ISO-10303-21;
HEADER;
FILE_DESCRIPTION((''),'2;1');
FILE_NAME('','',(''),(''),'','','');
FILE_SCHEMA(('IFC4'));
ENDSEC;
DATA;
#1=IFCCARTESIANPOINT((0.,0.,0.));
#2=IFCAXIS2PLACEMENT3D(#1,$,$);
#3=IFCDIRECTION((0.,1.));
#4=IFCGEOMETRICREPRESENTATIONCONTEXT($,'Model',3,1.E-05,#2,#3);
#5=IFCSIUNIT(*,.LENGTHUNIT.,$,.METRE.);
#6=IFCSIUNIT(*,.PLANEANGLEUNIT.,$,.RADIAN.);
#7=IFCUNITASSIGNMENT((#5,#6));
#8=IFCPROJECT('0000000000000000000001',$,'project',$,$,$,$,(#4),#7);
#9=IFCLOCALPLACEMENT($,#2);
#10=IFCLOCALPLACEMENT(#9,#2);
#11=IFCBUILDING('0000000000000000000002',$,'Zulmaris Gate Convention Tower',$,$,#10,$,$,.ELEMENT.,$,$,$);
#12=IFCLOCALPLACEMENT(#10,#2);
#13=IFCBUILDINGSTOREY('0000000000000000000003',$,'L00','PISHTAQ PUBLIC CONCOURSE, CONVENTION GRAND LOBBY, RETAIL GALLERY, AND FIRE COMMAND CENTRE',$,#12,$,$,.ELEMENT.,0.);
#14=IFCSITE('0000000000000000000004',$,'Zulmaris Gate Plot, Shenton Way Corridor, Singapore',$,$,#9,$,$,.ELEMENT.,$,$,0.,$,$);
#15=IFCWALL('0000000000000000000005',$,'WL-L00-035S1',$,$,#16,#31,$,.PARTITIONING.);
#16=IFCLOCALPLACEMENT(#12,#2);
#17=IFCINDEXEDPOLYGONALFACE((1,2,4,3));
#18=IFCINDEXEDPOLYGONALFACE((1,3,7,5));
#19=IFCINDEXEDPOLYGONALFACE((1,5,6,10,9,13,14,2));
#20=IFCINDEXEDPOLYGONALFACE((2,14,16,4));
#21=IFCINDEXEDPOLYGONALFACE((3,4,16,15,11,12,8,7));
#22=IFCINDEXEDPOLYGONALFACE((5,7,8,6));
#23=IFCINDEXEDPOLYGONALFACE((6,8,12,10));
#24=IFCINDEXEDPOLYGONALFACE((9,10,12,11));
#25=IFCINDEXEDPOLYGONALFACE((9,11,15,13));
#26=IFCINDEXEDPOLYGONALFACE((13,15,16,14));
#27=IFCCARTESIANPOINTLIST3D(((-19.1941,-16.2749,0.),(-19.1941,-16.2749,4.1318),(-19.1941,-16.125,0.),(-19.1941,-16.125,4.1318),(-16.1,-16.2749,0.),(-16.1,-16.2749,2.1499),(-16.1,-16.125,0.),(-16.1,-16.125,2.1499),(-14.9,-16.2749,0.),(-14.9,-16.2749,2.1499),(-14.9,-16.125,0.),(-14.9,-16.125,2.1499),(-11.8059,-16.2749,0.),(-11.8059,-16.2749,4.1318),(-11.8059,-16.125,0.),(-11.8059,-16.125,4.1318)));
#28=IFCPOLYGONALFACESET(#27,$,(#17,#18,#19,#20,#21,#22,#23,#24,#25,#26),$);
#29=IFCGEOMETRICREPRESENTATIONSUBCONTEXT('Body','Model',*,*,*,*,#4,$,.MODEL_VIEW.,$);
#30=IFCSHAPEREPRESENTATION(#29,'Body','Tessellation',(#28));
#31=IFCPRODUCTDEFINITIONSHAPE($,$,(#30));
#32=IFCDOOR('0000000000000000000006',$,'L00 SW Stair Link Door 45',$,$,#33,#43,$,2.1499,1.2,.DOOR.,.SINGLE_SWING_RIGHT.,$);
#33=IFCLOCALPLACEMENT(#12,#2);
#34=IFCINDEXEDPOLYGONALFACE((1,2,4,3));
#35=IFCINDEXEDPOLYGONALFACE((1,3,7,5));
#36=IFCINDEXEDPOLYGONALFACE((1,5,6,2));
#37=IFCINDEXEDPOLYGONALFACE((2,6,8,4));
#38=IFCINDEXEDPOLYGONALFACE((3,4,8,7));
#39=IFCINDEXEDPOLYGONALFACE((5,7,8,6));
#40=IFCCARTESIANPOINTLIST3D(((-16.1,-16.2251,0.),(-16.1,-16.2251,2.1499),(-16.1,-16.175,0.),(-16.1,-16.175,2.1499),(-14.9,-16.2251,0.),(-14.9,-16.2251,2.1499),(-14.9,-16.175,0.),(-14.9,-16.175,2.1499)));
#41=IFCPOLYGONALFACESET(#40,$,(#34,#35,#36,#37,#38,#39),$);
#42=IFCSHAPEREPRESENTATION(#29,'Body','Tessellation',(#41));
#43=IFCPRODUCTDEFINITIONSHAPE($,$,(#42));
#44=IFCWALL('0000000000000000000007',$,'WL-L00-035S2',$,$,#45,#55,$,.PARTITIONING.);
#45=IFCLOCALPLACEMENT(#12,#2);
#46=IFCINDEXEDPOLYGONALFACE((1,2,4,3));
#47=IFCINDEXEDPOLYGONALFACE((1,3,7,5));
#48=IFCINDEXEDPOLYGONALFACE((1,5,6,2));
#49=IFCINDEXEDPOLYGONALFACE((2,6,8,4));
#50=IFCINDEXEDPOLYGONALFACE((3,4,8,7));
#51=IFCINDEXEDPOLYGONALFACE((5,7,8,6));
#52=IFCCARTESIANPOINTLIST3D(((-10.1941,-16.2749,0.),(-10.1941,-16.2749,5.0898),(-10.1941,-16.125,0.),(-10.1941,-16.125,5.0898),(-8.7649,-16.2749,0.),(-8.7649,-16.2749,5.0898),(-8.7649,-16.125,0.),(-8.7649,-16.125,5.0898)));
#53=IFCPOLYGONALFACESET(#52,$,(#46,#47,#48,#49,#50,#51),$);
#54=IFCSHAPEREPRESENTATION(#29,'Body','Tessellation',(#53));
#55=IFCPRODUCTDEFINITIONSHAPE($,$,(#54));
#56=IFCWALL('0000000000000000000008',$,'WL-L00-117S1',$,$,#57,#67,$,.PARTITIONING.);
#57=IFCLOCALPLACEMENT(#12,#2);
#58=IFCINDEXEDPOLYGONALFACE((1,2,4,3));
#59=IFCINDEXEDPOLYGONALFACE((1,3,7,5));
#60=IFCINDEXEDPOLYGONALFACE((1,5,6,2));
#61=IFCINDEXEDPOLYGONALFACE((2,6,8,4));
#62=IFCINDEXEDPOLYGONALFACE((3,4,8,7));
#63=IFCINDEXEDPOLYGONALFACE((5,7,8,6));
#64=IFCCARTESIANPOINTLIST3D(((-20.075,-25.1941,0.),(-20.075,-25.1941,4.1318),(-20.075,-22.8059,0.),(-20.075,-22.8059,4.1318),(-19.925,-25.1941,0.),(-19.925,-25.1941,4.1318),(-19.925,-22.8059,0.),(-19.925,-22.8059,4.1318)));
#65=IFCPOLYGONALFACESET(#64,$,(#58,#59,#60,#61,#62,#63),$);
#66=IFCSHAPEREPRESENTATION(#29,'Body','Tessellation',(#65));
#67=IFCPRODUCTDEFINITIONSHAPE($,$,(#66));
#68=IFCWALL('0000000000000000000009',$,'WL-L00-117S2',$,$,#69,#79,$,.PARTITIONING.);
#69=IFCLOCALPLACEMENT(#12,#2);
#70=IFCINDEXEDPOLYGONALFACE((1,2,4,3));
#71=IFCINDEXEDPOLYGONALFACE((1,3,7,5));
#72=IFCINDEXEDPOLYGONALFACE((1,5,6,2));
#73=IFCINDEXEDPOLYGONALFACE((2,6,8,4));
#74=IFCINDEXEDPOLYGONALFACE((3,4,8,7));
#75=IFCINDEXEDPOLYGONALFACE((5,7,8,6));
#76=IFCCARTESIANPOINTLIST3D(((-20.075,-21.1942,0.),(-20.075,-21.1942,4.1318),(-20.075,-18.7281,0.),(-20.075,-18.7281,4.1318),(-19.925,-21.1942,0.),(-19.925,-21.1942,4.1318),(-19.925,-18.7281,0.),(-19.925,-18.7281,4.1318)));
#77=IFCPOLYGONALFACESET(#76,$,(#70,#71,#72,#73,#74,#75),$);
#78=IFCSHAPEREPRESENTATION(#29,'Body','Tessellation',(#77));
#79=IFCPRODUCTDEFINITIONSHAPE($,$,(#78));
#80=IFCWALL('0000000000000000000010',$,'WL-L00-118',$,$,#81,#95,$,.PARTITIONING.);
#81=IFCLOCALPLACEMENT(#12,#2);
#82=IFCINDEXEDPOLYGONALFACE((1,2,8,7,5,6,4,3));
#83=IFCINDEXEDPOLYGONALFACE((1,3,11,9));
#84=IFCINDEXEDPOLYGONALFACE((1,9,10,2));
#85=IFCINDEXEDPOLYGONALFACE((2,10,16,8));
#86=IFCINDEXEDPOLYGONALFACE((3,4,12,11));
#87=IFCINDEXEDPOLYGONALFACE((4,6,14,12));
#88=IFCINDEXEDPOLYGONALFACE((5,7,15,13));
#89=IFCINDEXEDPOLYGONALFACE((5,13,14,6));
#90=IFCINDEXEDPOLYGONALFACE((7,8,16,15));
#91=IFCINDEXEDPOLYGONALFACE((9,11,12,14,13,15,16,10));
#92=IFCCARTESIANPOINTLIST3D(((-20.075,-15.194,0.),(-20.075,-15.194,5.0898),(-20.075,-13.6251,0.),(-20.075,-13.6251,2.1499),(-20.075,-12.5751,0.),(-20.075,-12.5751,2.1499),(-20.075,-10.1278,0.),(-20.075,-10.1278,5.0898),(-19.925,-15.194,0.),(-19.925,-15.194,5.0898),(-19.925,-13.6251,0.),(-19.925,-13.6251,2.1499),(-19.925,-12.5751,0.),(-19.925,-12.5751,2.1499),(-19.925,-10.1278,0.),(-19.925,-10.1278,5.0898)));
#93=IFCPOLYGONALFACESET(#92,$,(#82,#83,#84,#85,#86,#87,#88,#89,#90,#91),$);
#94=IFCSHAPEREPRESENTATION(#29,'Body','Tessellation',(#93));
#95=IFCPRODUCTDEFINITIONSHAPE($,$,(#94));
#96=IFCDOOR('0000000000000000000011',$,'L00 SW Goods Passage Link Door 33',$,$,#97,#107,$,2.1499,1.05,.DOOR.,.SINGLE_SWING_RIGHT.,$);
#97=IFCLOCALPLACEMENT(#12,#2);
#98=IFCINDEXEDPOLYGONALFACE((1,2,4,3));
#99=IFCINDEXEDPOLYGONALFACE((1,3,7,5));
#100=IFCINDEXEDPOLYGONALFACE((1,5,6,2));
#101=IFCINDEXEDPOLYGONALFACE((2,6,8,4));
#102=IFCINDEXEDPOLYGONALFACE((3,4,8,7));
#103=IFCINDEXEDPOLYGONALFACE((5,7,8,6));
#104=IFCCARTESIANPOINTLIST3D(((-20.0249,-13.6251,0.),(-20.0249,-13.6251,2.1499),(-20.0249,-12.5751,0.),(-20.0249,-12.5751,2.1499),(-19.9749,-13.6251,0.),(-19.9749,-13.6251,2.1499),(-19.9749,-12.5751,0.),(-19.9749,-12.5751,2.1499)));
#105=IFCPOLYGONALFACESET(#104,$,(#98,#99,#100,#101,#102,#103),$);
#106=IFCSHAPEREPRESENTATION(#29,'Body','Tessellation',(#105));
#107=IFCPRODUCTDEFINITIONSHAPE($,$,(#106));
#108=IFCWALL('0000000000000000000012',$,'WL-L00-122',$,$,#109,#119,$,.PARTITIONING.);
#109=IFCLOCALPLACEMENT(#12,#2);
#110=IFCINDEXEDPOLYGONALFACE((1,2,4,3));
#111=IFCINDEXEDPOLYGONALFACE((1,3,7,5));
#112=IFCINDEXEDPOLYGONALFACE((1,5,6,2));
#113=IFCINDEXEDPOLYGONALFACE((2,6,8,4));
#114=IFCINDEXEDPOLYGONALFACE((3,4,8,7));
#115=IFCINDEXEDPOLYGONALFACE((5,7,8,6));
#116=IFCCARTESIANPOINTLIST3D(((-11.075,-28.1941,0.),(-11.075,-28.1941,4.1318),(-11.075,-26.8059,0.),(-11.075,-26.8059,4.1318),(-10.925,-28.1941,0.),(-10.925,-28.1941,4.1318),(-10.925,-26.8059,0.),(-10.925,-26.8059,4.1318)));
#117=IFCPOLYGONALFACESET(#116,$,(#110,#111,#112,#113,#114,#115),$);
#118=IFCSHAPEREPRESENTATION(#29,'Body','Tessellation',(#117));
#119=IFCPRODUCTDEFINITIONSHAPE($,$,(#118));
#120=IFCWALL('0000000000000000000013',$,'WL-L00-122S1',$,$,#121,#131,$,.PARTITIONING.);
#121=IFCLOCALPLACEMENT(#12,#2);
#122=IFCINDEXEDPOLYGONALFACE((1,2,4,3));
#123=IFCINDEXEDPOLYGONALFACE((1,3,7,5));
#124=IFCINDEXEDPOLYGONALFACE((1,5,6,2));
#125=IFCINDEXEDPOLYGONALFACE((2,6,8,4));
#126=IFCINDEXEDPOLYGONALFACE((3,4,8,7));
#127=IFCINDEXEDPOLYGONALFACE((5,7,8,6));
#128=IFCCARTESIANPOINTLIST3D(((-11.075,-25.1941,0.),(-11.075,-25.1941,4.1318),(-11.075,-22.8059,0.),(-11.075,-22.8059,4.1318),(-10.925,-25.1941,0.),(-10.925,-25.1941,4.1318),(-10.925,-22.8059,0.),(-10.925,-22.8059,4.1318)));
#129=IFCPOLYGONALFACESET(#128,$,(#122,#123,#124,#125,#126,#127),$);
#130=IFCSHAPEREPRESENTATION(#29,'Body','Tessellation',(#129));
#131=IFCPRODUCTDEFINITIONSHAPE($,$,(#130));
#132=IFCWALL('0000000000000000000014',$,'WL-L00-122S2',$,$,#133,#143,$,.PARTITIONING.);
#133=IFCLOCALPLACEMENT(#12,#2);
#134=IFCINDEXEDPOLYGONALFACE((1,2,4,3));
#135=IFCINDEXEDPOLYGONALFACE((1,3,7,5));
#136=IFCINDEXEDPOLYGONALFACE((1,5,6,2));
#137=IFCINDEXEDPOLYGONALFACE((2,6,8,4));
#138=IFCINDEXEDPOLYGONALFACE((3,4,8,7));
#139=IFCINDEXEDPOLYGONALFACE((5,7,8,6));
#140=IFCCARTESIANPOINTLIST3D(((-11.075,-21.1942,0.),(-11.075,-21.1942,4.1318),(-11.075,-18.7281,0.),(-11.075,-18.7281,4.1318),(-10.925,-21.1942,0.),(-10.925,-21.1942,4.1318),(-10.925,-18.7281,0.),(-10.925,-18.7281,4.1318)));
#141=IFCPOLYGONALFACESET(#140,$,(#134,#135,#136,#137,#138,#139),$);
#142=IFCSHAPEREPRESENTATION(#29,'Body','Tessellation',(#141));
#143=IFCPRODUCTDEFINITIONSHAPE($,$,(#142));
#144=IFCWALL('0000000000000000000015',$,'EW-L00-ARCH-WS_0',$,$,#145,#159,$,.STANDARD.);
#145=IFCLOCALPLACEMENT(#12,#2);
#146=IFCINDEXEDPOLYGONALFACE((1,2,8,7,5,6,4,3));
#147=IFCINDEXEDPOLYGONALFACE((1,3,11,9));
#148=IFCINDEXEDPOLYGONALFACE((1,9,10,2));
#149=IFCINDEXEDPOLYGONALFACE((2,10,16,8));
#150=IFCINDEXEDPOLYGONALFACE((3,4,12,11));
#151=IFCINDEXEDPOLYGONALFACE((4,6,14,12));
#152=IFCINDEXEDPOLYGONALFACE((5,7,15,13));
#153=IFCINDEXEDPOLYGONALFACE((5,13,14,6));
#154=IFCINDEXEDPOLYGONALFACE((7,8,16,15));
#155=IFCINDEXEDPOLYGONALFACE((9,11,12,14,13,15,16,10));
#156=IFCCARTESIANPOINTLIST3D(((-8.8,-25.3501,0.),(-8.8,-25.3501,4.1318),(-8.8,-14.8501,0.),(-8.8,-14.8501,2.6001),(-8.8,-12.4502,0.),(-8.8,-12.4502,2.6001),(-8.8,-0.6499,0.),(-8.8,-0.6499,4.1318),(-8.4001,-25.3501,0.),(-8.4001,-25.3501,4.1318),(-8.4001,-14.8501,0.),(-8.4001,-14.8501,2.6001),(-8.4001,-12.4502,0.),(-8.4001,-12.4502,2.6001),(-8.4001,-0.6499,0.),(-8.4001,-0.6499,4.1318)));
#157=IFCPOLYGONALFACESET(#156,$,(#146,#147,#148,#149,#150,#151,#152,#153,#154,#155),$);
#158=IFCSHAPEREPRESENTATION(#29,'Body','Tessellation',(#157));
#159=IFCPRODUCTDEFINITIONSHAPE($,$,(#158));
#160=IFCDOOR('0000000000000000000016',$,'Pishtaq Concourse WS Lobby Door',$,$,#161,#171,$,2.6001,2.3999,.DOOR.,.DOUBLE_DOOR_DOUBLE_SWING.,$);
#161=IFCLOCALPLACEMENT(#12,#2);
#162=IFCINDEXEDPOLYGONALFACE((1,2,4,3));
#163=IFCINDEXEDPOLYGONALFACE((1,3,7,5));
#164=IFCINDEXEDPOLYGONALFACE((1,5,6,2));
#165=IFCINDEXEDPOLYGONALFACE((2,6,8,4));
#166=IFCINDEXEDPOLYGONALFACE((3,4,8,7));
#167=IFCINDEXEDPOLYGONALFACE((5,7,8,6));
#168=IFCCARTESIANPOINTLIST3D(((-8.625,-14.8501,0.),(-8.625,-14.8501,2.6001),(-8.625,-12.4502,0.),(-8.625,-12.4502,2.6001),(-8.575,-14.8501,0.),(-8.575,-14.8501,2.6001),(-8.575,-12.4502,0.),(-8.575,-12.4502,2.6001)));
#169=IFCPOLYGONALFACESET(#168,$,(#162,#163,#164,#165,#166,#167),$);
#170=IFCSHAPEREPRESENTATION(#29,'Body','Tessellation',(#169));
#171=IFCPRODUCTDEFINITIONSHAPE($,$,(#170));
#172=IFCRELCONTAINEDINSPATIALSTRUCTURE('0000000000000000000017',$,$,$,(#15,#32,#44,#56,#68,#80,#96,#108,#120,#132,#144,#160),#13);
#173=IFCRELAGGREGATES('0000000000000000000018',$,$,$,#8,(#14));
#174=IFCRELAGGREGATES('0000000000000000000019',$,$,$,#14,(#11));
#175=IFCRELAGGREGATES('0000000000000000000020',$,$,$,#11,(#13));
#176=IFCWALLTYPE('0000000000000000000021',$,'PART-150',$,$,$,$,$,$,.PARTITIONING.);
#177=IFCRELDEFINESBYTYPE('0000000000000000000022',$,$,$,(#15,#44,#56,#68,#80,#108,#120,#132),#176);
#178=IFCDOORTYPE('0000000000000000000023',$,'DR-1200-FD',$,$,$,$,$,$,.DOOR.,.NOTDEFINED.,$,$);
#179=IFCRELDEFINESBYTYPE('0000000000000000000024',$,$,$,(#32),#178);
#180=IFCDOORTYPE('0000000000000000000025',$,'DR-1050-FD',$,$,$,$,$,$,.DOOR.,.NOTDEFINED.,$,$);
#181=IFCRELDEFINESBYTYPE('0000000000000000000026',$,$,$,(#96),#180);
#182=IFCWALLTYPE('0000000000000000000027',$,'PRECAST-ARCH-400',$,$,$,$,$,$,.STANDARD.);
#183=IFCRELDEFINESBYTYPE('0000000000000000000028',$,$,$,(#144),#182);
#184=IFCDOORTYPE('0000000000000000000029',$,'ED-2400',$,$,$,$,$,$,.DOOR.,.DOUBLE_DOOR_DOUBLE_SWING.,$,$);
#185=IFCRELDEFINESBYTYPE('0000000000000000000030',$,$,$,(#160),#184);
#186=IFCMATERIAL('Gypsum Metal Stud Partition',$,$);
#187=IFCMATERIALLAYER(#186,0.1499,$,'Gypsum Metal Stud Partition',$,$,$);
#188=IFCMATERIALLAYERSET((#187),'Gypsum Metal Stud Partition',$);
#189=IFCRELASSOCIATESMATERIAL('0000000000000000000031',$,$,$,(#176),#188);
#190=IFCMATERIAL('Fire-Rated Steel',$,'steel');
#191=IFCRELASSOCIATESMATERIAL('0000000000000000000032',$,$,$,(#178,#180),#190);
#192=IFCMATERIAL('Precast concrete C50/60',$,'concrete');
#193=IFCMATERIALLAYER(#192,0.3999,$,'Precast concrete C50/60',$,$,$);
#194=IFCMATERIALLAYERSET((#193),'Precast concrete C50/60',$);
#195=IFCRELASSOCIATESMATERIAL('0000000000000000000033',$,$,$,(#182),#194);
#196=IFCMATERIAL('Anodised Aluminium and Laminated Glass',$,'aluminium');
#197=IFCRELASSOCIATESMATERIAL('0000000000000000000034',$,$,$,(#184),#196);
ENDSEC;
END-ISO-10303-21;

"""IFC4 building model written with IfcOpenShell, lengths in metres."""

from ifc_helpers import new_model, si_unit, direction, frame, frame_2d, origin, place, context, subcontext, project, spatial, rectangle, extrude, material, layer, layer_set, type_object, element, fill, save


model = new_model("IFC4")

# Units and contexts
model_context = context("Model", 3, precision=1e-05, world=origin(), true_north=direction((0.0, 1.0)))
body_context = subcontext(model_context, "Body", "Model", "MODEL_VIEW")
ifc_project = project(units=[si_unit("LENGTHUNIT", "METRE"), si_unit("PLANEANGLEUNIT", "RADIAN")], contexts=[model_context])

# Site, building, storey
site_placement = place(None, origin())
site = spatial("IfcSite", under=ifc_project, at=site_placement, Name="Zulmaris Gate Plot, Shenton Way Corridor, Singapore", CompositionType="ELEMENT", RefElevation=0.0)
building_placement = place(site_placement, origin())
building = spatial("IfcBuilding", under=site, at=building_placement, Name="Zulmaris Gate Convention Tower", CompositionType="ELEMENT")
storey_placement = place(building_placement, origin())
storey = spatial("IfcBuildingStorey", under=building, at=storey_placement, Name="L00", Description="PISHTAQ PUBLIC CONCOURSE, CONVENTION GRAND LOBBY, RETAIL GALLERY, AND FIRE COMMAND CENTRE", CompositionType="ELEMENT", Elevation=0.0)

# Wall, opening, door
ifc_material_1 = material(Name="Gypsum Metal Stud Partition")
ifc_layer_1 = layer(ifc_material_1, 0.1499, Name="Gypsum Metal Stud Partition")
ifc_layer_set_1 = layer_set([ifc_layer_1], Name="Gypsum Metal Stud Partition")
wall_type_1 = type_object("IfcWallType", Name="PART-150", PredefinedType="PARTITIONING", material=ifc_layer_set_1)
wall_1_placement = place(storey_placement, frame((-19.1941, -16.2, 0.0), z_axis=(0.0, 0.0, 1.0), x_axis=(1.0, 0.0, 0.0)))
wall_1 = element("IfcWall", 1, at=wall_1_placement, inside=storey, type_object=wall_type_1, Name="WL-L00-035S1", PredefinedType="PARTITIONING", context=body_context, shape_type="SweptSolid", body=[
    extrude(rectangle(XDim=7.3882, YDim=0.1499, at=frame_2d((3.6941, 0.0))), origin(), (0.0, 0.0, 1.0), 4.1318),
])
opening_1_placement = place(wall_1_placement, frame((3.094, 0.0, 0.0)))
opening_1 = element("IfcOpeningElement", 2, at=opening_1_placement, cuts=wall_1, PredefinedType="OPENING", context=body_context, shape_type="SweptSolid", body=[
    extrude(rectangle(XDim=1.2, YDim=2.1499, at=frame_2d((0.6001, 1.075))), frame((0.0, 0.085, 0.0), z_axis=(0.0, -1.0, 0.0), x_axis=(1.0, 0.0, 0.0)), (0.0, 0.0, 1.0), 0.1699),
])
ifc_material_2 = material(Name="Fire-Rated Steel", Category="steel")
door_type_1 = type_object("IfcDoorType", Name="DR-1200-FD", OperationType="NOTDEFINED", PredefinedType="DOOR", material=ifc_material_2)
door_1_placement = place(opening_1_placement, origin())
door_1 = element("IfcDoor", 3, at=door_1_placement, inside=storey, type_object=door_type_1, Name="L00 SW Stair Link Door 45", OperationType="SINGLE_SWING_RIGHT", OverallHeight=2.1499, OverallWidth=1.2, PredefinedType="DOOR", context=body_context, shape_type="SweptSolid", body=[
    extrude(rectangle(XDim=1.2, YDim=2.1499, at=frame_2d((0.6001, 1.075))), frame((0.0, 0.0249, 0.0), z_axis=(0.0, -1.0, 0.0), x_axis=(1.0, 0.0, 0.0)), (0.0, 0.0, 1.0), 0.05),
])
fill(opening_1, door_1)

# Walls
wall_2_placement = place(storey_placement, frame((-10.1941, -16.2, 0.0), z_axis=(0.0, 0.0, 1.0), x_axis=(1.0, 0.0, 0.0)))
element("IfcWall", 4, at=wall_2_placement, inside=storey, type_object=wall_type_1, Name="WL-L00-035S2", PredefinedType="PARTITIONING", context=body_context, shape_type="SweptSolid", body=[
    extrude(rectangle(XDim=1.4292, YDim=0.1499, at=frame_2d((0.7146, 0.0))), origin(), (0.0, 0.0, 1.0), 5.0898),
])
wall_3_placement = place(storey_placement, frame((-20.0, -25.1941, 0.0), z_axis=(0.0, 0.0, 1.0), x_axis=(0.0, 1.0, 0.0)))
element("IfcWall", 5, at=wall_3_placement, inside=storey, type_object=wall_type_1, Name="WL-L00-117S1", PredefinedType="PARTITIONING", context=body_context, shape_type="SweptSolid", body=[
    extrude(rectangle(XDim=2.3882, YDim=0.1499, at=frame_2d((1.1941, 0.0))), origin(), (0.0, 0.0, 1.0), 4.1318),
])
wall_4_placement = place(storey_placement, frame((-20.0, -21.1941, 0.0), z_axis=(0.0, 0.0, 1.0), x_axis=(0.0, 1.0, 0.0)))
element("IfcWall", 6, at=wall_4_placement, inside=storey, type_object=wall_type_1, Name="WL-L00-117S2", PredefinedType="PARTITIONING", context=body_context, shape_type="SweptSolid", body=[
    extrude(rectangle(XDim=2.4661, YDim=0.1499, at=frame_2d((1.2329, 0.0))), origin(), (0.0, 0.0, 1.0), 4.1318),
])

# Wall, opening, door
wall_5_placement = place(storey_placement, frame((-20.0, -15.1941, 0.0), z_axis=(0.0, 0.0, 1.0), x_axis=(0.0, 1.0, 0.0)))
wall_5 = element("IfcWall", 7, at=wall_5_placement, inside=storey, type_object=wall_type_1, Name="WL-L00-118", PredefinedType="PARTITIONING", context=body_context, shape_type="SweptSolid", body=[
    extrude(rectangle(XDim=5.0662, YDim=0.1499, at=frame_2d((2.5332, 0.0))), origin(), (0.0, 0.0, 1.0), 5.0898),
])
opening_2_placement = place(wall_5_placement, frame((1.5691, 0.0, 0.0)))
opening_2 = element("IfcOpeningElement", 8, at=opening_2_placement, cuts=wall_5, PredefinedType="OPENING", context=body_context, shape_type="SweptSolid", body=[
    extrude(rectangle(XDim=1.05, YDim=2.1499, at=frame_2d((0.5249, 1.075))), frame((0.0, 0.085, 0.0), z_axis=(0.0, -1.0, 0.0), x_axis=(1.0, 0.0, 0.0)), (0.0, 0.0, 1.0), 0.1699),
])
door_type_2 = type_object("IfcDoorType", Name="DR-1050-FD", OperationType="NOTDEFINED", PredefinedType="DOOR", material=ifc_material_2)
door_2_placement = place(opening_2_placement, origin())
door_2 = element("IfcDoor", 9, at=door_2_placement, inside=storey, type_object=door_type_2, Name="L00 SW Goods Passage Link Door 33", OperationType="SINGLE_SWING_RIGHT", OverallHeight=2.1499, OverallWidth=1.05, PredefinedType="DOOR", context=body_context, shape_type="SweptSolid", body=[
    extrude(rectangle(XDim=1.05, YDim=2.1499, at=frame_2d((0.5249, 1.075))), frame((0.0, 0.0249, 0.0), z_axis=(0.0, -1.0, 0.0), x_axis=(1.0, 0.0, 0.0)), (0.0, 0.0, 1.0), 0.05),
])
fill(opening_2, door_2)

# Walls
wall_6_placement = place(storey_placement, frame((-11.0, -28.1941, 0.0), z_axis=(0.0, 0.0, 1.0), x_axis=(0.0, 1.0, 0.0)))
element("IfcWall", 10, at=wall_6_placement, inside=storey, type_object=wall_type_1, Name="WL-L00-122", PredefinedType="PARTITIONING", context=body_context, shape_type="SweptSolid", body=[
    extrude(rectangle(XDim=1.3882, YDim=0.1499, at=frame_2d((0.6941, 0.0))), origin(), (0.0, 0.0, 1.0), 4.1318),
])
wall_7_placement = place(storey_placement, frame((-11.0, -25.1941, 0.0), z_axis=(0.0, 0.0, 1.0), x_axis=(0.0, 1.0, 0.0)))
element("IfcWall", 11, at=wall_7_placement, inside=storey, type_object=wall_type_1, Name="WL-L00-122S1", PredefinedType="PARTITIONING", context=body_context, shape_type="SweptSolid", body=[
    extrude(rectangle(XDim=2.3882, YDim=0.1499, at=frame_2d((1.1941, 0.0))), origin(), (0.0, 0.0, 1.0), 4.1318),
])
wall_8_placement = place(storey_placement, frame((-11.0, -21.1941, 0.0), z_axis=(0.0, 0.0, 1.0), x_axis=(0.0, 1.0, 0.0)))
element("IfcWall", 12, at=wall_8_placement, inside=storey, type_object=wall_type_1, Name="WL-L00-122S2", PredefinedType="PARTITIONING", context=body_context, shape_type="SweptSolid", body=[
    extrude(rectangle(XDim=2.4661, YDim=0.1499, at=frame_2d((1.2329, 0.0))), origin(), (0.0, 0.0, 1.0), 4.1318),
])

# Wall, opening, door
ifc_material_3 = material(Name="Precast concrete C50/60", Category="concrete")
ifc_layer_2 = layer(ifc_material_3, 0.3999, Name="Precast concrete C50/60")
ifc_layer_set_2 = layer_set([ifc_layer_2], Name="Precast concrete C50/60")
wall_type_2 = type_object("IfcWallType", Name="PRECAST-ARCH-400", PredefinedType="STANDARD", material=ifc_layer_set_2)
wall_9_placement = place(storey_placement, frame((-8.6001, -25.3501, 0.0), z_axis=(0.0, 0.0, 1.0), x_axis=(0.0, 1.0, 0.0)))
wall_9 = element("IfcWall", 13, at=wall_9_placement, inside=storey, type_object=wall_type_2, Name="EW-L00-ARCH-WS_0", PredefinedType="STANDARD", context=body_context, shape_type="SweptSolid", body=[
    extrude(rectangle(XDim=24.7002, YDim=0.3999, at=frame_2d((12.3501, 0.0))), origin(), (0.0, 0.0, 1.0), 4.1318),
])
opening_3_placement = place(wall_9_placement, frame((10.5, 0.0, 0.0)))
opening_3 = element("IfcOpeningElement", 14, at=opening_3_placement, cuts=wall_9, PredefinedType="OPENING", context=body_context, shape_type="SweptSolid", body=[
    extrude(rectangle(XDim=2.3999, YDim=2.6001, at=frame_2d((1.2, 1.3))), frame((0.0, 0.21, 0.0), z_axis=(0.0, -1.0, 0.0), x_axis=(1.0, 0.0, 0.0)), (0.0, 0.0, 1.0), 0.4199),
])
ifc_material_4 = material(Name="Anodised Aluminium and Laminated Glass", Category="aluminium")
door_type_3 = type_object("IfcDoorType", Name="ED-2400", OperationType="DOUBLE_DOOR_DOUBLE_SWING", PredefinedType="DOOR", material=ifc_material_4)
door_3_placement = place(opening_3_placement, origin())
door_3 = element("IfcDoor", 15, at=door_3_placement, inside=storey, type_object=door_type_3, Name="Pishtaq Concourse WS Lobby Door", OperationType="DOUBLE_DOOR_DOUBLE_SWING", OverallHeight=2.6001, OverallWidth=2.3999, PredefinedType="DOOR", context=body_context, shape_type="SweptSolid", body=[
    extrude(rectangle(XDim=2.3999, YDim=2.6001, at=frame_2d((1.2, 1.3))), frame((0.0, 0.0249, 0.0), z_axis=(0.0, -1.0, 0.0), x_axis=(1.0, 0.0, 0.0)), (0.0, 0.0, 1.0), 0.05),
])
fill(opening_3, door_3)

save(model, "model.ifc")
